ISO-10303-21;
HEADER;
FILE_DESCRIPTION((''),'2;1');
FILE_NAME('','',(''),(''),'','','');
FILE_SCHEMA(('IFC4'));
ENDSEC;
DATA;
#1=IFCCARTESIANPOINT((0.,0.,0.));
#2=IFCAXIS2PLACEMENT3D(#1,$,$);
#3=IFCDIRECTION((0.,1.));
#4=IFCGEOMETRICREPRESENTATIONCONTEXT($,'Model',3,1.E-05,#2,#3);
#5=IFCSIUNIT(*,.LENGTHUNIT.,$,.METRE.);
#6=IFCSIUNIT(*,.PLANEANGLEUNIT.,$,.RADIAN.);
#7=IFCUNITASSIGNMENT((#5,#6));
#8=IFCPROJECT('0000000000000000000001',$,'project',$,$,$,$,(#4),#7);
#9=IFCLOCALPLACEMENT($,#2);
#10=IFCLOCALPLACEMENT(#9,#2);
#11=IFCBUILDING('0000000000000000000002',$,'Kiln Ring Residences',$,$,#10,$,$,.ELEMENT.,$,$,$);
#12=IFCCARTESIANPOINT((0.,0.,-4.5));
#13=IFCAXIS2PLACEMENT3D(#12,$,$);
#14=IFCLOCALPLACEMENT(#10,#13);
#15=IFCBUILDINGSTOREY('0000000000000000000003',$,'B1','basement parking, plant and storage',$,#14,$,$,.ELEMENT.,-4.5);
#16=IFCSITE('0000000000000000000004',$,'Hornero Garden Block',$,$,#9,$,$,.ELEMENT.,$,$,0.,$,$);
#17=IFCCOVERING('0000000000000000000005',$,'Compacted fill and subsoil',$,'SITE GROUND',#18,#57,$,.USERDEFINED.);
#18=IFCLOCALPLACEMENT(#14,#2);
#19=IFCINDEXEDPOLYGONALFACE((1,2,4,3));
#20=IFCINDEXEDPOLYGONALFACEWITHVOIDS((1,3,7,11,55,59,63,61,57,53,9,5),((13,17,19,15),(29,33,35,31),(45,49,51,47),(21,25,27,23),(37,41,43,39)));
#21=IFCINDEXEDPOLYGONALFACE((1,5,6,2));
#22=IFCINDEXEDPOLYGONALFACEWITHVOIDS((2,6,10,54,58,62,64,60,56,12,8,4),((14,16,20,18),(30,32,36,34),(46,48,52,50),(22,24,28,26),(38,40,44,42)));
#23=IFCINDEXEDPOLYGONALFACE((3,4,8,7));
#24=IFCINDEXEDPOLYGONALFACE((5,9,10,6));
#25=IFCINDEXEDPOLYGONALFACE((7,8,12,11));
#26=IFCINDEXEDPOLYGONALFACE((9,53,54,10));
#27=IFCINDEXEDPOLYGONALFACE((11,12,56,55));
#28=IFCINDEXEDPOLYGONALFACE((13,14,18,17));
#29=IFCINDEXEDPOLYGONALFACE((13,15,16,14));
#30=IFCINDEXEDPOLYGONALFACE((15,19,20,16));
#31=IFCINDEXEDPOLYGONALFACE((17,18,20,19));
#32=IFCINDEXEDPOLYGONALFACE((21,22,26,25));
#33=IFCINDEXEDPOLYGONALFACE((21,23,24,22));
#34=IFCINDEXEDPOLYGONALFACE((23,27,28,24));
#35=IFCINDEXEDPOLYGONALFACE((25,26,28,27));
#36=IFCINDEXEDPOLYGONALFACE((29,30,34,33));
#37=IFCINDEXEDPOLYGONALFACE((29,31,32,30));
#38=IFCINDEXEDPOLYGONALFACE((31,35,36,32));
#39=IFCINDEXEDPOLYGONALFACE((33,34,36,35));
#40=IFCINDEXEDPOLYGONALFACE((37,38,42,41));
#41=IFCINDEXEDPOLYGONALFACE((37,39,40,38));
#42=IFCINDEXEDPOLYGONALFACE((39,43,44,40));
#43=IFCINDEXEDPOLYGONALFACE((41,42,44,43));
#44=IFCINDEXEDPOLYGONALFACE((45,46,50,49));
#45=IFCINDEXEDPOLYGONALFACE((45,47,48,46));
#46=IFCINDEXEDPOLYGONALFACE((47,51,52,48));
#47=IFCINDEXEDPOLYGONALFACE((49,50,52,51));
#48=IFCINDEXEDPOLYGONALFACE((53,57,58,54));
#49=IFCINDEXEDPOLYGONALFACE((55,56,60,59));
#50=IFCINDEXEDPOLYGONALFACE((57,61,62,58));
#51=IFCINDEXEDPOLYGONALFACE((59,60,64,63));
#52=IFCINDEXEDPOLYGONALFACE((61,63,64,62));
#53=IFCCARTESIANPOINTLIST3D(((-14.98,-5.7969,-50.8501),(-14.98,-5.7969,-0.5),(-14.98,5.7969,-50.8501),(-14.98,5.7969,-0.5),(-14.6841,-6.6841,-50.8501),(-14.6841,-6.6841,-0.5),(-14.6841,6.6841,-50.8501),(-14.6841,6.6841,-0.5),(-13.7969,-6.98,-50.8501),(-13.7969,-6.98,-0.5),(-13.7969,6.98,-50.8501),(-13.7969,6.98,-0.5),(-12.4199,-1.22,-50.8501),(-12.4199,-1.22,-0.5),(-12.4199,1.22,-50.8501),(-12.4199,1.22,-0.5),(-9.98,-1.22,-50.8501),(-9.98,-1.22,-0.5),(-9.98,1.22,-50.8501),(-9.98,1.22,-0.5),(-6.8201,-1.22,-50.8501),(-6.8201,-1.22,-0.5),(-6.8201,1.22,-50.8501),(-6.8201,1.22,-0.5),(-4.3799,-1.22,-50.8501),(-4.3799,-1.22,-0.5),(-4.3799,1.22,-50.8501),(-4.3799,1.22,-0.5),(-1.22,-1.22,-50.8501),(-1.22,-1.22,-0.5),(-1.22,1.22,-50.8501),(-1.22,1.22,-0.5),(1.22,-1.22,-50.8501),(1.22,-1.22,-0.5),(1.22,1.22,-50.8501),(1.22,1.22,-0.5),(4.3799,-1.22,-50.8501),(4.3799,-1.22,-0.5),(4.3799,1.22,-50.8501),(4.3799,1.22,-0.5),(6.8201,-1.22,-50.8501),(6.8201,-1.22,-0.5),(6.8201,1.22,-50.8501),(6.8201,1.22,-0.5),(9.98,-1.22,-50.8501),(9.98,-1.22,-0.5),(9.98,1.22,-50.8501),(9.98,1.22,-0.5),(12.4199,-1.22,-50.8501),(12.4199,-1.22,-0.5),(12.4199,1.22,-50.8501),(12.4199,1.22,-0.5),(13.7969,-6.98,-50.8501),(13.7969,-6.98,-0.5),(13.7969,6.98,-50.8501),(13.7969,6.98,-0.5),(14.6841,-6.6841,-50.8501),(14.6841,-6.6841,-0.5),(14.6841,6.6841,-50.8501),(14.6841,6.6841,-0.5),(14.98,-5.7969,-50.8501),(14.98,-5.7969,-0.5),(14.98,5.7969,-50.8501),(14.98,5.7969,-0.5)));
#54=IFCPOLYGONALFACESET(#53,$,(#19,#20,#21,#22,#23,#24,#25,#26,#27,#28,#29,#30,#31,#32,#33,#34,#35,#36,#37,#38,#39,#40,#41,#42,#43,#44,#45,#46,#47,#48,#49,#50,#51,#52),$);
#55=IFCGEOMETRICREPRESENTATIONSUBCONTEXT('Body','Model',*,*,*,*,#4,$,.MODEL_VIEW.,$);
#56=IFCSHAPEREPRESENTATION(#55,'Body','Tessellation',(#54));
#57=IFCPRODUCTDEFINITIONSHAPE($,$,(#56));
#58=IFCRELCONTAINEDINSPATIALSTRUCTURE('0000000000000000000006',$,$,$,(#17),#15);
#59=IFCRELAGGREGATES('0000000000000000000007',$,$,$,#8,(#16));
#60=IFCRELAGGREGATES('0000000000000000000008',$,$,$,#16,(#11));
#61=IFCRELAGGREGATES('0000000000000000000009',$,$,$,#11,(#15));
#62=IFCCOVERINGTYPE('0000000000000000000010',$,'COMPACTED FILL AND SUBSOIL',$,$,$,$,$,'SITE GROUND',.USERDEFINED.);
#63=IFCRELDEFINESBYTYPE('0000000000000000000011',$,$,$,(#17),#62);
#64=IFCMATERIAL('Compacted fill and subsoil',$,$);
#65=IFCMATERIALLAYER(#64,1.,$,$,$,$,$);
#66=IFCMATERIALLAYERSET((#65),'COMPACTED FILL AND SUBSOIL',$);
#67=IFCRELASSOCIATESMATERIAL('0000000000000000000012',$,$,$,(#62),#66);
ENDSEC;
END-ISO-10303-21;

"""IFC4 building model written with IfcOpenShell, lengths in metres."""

from ifc_helpers import new_model, si_unit, direction, frame, origin, place, context, subcontext, project, spatial, polyline, outline, extrude, material, layer, layer_set, type_object, element, save


model = new_model("IFC4")

# Units and contexts
model_context = context("Model", 3, precision=1e-05, world=origin(), true_north=direction((0.0, 1.0)))
body_context = subcontext(model_context, "Body", "Model", "MODEL_VIEW")
ifc_project = project(units=[si_unit("LENGTHUNIT", "METRE"), si_unit("PLANEANGLEUNIT", "RADIAN")], contexts=[model_context])

# Site, building, storey
site_placement = place(None, origin())
site = spatial("IfcSite", under=ifc_project, at=site_placement, Name="Hornero Garden Block", CompositionType="ELEMENT", RefElevation=0.0)
building_placement = place(site_placement, origin())
building = spatial("IfcBuilding", under=site, at=building_placement, Name="Kiln Ring Residences", CompositionType="ELEMENT")
storey_placement = place(building_placement, frame((0.0, 0.0, -4.5)))
storey = spatial("IfcBuildingStorey", under=building, at=storey_placement, Name="B1", Description="basement parking, plant and storage", CompositionType="ELEMENT", Elevation=-4.5)

# Covering
ifc_material_1 = material(Name="Compacted fill and subsoil")
ifc_layer = layer(ifc_material_1, 1.0)
ifc_layer_set = layer_set([ifc_layer], Name="COMPACTED FILL AND SUBSOIL")
covering_type = type_object("IfcCoveringType", Name="COMPACTED FILL AND SUBSOIL", ElementType="SITE GROUND", PredefinedType="USERDEFINED", material=ifc_layer_set)
covering_placement = place(storey_placement, frame((0.0, 0.0, -50.8501)))
element("IfcCovering", 1, at=covering_placement, inside=storey, type_object=covering_type, Name="Compacted fill and subsoil", ObjectType="SITE GROUND", PredefinedType="USERDEFINED", context=body_context, shape_type="SweptSolid", body=[
    extrude(outline(polyline([(-13.7969, 6.98), (-14.6841, 6.6841), (-14.98, 5.7969), (-14.98, -5.7969), (-14.6841, -6.6841), (-13.7969, -6.98), (13.7969, -6.98), (14.6841, -6.6841), (14.98, -5.7969), (14.98, 5.7969), (14.6841, 6.6841), (13.7969, 6.98), (-13.7969, 6.98)]), holes=[polyline([(-9.98, -1.22), (-12.4199, -1.22), (-12.4199, 1.22), (-9.98, 1.22), (-9.98, -1.22)]), polyline([(-4.3799, -1.22), (-6.8201, -1.22), (-6.8201, 1.22), (-4.3799, 1.22), (-4.3799, -1.22)]), polyline([(1.22, -1.22), (-1.22, -1.22), (-1.22, 1.22), (1.22, 1.22), (1.22, -1.22)]), polyline([(6.8201, 1.22), (6.8201, -1.22), (4.3799, -1.22), (4.3799, 1.22), (6.8201, 1.22)]), polyline([(12.4199, -1.22), (9.98, -1.22), (9.98, 1.22), (12.4199, 1.22), (12.4199, -1.22)])]), origin(), (0.0, 0.0, 1.0), 50.3501),
])

save(model, "model.ifc")
